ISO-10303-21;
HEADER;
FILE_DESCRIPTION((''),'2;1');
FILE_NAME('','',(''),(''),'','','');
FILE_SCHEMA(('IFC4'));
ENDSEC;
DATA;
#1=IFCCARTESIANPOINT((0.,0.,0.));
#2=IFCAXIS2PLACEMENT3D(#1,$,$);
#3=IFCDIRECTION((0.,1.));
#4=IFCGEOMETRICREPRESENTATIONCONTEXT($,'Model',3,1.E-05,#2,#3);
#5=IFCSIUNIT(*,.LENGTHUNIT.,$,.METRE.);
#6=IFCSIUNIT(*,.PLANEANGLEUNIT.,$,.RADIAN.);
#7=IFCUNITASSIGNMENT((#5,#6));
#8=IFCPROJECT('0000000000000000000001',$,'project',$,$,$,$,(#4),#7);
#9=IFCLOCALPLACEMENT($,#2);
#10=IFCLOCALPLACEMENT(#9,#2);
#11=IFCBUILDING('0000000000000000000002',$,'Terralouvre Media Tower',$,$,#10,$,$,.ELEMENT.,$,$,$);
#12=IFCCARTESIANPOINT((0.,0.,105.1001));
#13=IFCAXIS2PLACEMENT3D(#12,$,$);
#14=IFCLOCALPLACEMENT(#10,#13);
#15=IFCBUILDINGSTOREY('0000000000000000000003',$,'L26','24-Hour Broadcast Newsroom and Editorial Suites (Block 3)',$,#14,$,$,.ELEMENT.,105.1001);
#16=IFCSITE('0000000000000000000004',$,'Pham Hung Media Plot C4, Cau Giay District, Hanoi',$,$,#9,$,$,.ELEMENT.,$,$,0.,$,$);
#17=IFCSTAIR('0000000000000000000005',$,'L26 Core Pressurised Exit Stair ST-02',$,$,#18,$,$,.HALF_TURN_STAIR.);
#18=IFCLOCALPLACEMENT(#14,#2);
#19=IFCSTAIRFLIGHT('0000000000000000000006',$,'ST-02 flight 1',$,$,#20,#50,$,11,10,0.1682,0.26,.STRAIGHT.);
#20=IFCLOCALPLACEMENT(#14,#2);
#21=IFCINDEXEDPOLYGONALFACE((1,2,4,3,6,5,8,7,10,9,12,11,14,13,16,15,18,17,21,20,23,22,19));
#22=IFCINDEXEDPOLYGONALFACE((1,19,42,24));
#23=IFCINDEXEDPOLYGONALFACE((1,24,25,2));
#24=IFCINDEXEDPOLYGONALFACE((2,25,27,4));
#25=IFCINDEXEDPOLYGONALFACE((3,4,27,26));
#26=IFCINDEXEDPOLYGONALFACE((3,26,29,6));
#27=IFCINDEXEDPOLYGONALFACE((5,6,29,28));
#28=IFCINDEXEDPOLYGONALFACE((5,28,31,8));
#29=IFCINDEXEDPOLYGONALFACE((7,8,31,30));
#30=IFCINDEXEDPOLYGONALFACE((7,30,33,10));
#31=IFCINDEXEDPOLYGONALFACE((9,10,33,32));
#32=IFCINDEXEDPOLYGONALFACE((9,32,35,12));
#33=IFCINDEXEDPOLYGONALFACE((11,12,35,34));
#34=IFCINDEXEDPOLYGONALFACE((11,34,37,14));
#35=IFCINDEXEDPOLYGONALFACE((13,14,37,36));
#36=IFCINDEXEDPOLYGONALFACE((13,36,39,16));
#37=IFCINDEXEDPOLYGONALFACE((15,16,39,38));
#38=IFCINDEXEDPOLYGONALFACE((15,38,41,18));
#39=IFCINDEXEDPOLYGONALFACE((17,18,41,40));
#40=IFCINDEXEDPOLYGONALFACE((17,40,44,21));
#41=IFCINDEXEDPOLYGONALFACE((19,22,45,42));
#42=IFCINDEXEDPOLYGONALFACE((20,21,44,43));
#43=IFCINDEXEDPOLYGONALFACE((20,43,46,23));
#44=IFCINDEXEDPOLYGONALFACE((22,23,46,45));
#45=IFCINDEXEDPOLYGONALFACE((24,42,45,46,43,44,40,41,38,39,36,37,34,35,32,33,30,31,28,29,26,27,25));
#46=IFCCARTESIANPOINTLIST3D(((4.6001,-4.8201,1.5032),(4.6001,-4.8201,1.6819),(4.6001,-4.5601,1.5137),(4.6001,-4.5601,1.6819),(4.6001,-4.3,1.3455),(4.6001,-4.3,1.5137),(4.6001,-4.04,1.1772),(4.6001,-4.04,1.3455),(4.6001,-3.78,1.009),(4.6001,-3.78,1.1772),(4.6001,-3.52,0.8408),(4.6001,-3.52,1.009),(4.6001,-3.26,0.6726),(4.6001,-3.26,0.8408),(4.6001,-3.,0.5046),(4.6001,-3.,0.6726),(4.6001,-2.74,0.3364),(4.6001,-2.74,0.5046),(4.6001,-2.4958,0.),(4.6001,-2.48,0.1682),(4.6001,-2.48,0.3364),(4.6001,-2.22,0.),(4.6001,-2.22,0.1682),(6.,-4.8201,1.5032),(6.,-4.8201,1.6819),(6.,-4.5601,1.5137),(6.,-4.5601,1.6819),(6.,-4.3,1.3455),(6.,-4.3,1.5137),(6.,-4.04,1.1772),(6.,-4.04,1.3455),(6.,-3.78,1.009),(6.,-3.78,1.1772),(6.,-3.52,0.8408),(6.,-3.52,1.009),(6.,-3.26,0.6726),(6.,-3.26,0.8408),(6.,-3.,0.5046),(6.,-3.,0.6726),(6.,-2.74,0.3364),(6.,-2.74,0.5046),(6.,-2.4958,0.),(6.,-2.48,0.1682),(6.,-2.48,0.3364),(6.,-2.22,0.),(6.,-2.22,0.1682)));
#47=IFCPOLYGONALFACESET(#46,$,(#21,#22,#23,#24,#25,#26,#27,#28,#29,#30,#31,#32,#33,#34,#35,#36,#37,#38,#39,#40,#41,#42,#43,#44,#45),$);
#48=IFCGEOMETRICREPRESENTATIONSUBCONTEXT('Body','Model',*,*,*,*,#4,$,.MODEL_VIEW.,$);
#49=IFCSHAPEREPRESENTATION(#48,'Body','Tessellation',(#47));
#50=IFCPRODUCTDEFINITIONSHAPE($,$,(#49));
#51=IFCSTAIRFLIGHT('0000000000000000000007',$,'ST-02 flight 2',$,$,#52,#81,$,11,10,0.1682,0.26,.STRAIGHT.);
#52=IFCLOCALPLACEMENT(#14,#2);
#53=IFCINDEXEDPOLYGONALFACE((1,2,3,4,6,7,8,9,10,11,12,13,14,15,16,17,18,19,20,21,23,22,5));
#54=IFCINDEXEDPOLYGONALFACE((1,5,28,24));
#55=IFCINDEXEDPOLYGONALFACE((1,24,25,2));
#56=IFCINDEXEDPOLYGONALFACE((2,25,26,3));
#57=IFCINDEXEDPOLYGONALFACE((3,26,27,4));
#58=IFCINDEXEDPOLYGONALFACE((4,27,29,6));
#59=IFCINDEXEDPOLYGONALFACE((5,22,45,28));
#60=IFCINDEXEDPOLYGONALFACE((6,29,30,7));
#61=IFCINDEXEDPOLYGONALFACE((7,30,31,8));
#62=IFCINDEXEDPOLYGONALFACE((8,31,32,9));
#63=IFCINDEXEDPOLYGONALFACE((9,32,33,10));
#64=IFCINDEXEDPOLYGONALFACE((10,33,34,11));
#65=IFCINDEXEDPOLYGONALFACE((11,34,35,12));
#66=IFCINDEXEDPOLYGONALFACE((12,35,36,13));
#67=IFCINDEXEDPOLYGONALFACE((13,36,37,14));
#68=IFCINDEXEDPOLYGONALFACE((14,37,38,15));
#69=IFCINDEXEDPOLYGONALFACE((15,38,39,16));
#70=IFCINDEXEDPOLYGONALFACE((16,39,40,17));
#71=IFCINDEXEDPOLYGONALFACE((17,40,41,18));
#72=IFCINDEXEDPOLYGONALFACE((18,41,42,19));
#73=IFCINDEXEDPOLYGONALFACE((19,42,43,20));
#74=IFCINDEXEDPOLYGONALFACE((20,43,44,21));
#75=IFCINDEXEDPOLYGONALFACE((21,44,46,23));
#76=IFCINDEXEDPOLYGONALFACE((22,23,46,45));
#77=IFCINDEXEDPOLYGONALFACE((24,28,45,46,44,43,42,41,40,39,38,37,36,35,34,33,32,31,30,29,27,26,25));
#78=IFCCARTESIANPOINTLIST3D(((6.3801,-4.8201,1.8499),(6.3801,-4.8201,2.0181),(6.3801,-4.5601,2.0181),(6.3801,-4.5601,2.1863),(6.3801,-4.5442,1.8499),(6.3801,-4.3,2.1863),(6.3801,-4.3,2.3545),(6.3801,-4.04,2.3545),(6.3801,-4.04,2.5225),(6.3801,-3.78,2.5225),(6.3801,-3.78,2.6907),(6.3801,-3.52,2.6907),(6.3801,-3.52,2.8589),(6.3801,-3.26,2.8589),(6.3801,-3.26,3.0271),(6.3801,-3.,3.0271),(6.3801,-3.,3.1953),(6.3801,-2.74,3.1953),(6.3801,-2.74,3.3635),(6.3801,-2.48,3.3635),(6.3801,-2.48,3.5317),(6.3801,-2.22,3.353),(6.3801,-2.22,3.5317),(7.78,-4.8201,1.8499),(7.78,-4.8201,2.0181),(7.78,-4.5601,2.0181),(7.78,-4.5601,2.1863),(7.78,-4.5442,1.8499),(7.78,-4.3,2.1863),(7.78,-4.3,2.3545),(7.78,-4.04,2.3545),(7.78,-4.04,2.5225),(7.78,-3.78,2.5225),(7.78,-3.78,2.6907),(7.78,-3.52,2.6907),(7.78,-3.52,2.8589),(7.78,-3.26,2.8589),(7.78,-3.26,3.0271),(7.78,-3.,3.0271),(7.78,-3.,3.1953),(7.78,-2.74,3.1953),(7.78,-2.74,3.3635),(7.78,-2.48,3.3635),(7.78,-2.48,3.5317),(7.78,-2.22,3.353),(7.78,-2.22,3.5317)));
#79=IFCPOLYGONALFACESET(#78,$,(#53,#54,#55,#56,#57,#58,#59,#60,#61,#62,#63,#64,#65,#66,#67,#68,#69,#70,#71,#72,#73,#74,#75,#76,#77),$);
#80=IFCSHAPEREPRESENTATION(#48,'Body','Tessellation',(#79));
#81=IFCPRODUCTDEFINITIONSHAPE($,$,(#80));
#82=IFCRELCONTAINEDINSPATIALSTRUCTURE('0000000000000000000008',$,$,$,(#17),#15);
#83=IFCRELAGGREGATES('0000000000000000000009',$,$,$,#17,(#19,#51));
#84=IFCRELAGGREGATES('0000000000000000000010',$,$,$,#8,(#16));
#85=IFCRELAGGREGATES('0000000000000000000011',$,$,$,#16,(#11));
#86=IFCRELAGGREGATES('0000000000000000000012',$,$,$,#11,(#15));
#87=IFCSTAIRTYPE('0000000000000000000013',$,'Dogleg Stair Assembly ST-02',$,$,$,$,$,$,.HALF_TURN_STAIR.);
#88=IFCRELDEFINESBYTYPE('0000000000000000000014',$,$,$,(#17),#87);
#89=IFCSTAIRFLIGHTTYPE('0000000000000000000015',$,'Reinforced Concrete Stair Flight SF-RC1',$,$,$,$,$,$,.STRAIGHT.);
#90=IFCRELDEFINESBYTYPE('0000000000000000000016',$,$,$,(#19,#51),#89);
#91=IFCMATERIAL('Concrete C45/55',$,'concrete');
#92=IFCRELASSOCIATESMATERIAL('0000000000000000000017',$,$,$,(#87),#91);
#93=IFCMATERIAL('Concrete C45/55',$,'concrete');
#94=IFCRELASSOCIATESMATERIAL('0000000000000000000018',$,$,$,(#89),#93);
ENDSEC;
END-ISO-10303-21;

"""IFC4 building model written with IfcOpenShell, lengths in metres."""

from ifc_helpers import new_model, si_unit, direction, frame, origin, place, context, subcontext, project, spatial, polyline, outline, extrude, material, type_object, element, aggregate, save


model = new_model("IFC4")

# Units and contexts
model_context = context("Model", 3, precision=1e-05, world=origin(), true_north=direction((0.0, 1.0)))
body_context = subcontext(model_context, "Body", "Model", "MODEL_VIEW")
ifc_project = project(units=[si_unit("LENGTHUNIT", "METRE"), si_unit("PLANEANGLEUNIT", "RADIAN")], contexts=[model_context])

# Site, building, storey
site_placement = place(None, origin())
site = spatial("IfcSite", under=ifc_project, at=site_placement, Name="Pham Hung Media Plot C4, Cau Giay District, Hanoi", CompositionType="ELEMENT", RefElevation=0.0)
building_placement = place(site_placement, origin())
building = spatial("IfcBuilding", under=site, at=building_placement, Name="Terralouvre Media Tower", CompositionType="ELEMENT")
storey_placement = place(building_placement, frame((0.0, 0.0, 105.1001)))
storey = spatial("IfcBuildingStorey", under=building, at=storey_placement, Name="L26", Description="24-Hour Broadcast Newsroom and Editorial Suites (Block 3)", CompositionType="ELEMENT", Elevation=105.1001)

# Stair, stair flights
ifc_material_1 = material(Name="Concrete C45/55", Category="concrete")
stair_type = type_object("IfcStairType", Name="Dogleg Stair Assembly ST-02", PredefinedType="HALF_TURN_STAIR", material=ifc_material_1)
stair_placement = place(storey_placement, origin())
stair = element("IfcStair", 1, at=stair_placement, inside=storey, type_object=stair_type, Name="L26 Core Pressurised Exit Stair ST-02", PredefinedType="HALF_TURN_STAIR")
ifc_material_2 = material(Name="Concrete C45/55", Category="concrete")
stair_flight_type = type_object("IfcStairFlightType", Name="Reinforced Concrete Stair Flight SF-RC1", PredefinedType="STRAIGHT", material=ifc_material_2)
stair_flight_1_placement = place(storey_placement, frame((5.3, -2.22, 0.0), z_axis=(0.0, 0.0, 1.0), x_axis=(0.0, -1.0, 0.0)))
stair_flight_1 = element("IfcStairFlight", 2, at=stair_flight_1_placement, type_object=stair_flight_type, Name="ST-02 flight 1", NumberOfRisers=11, NumberOfTreads=10, PredefinedType="STRAIGHT", RiserHeight=0.1682, TreadLength=0.26, context=body_context, shape_type="SweptSolid", body=[
    extrude(outline(polyline([(0.0, 0.0), (0.0, 0.1682), (0.26, 0.1682), (0.26, 0.3364), (0.52, 0.3364), (0.52, 0.5046), (0.78, 0.5046), (0.78, 0.6726), (1.04, 0.6726), (1.04, 0.8408), (1.3, 0.8408), (1.3, 1.009), (1.5601, 1.009), (1.5601, 1.1772), (1.8201, 1.1772), (1.8201, 1.3455), (2.0801, 1.3455), (2.0801, 1.5137), (2.3401, 1.5137), (2.3401, 1.6819), (2.6001, 1.6819), (2.6001, 1.8501), (2.6001, 1.5032), (0.2759, 0.0), (0.0, 0.0)])), frame((0.0, 0.7, 0.0), z_axis=(0.0, -1.0, 0.0), x_axis=(1.0, 0.0, 0.0)), (0.0, 0.0, 1.0), 1.3999),
])
stair_flight_2_placement = place(storey_placement, frame((7.0801, -4.8201, 1.8499), z_axis=(0.0, 0.0, 1.0), x_axis=(0.0, 1.0, 0.0)))
stair_flight_2 = element("IfcStairFlight", 3, at=stair_flight_2_placement, type_object=stair_flight_type, Name="ST-02 flight 2", NumberOfRisers=11, NumberOfTreads=10, PredefinedType="STRAIGHT", RiserHeight=0.1682, TreadLength=0.26, context=body_context, shape_type="SweptSolid", body=[
    extrude(outline(polyline([(0.0, 0.0), (0.0, 0.1682), (0.26, 0.1682), (0.26, 0.3364), (0.52, 0.3364), (0.52, 0.5046), (0.78, 0.5046), (0.78, 0.6726), (1.04, 0.6726), (1.04, 0.8408), (1.3, 0.8408), (1.3, 1.009), (1.5601, 1.009), (1.5601, 1.1772), (1.8201, 1.1772), (1.8201, 1.3455), (2.0801, 1.3455), (2.0801, 1.5137), (2.3401, 1.5137), (2.3401, 1.6819), (2.6001, 1.6819), (2.6001, 1.8501), (2.6001, 1.5032), (0.2759, 0.0), (0.0, 0.0)])), frame((0.0, 0.7, 0.0), z_axis=(0.0, -1.0, 0.0), x_axis=(1.0, 0.0, 0.0)), (0.0, 0.0, 1.0), 1.3999),
])
aggregate(stair, [stair_flight_1, stair_flight_2])

save(model, "model.ifc")
